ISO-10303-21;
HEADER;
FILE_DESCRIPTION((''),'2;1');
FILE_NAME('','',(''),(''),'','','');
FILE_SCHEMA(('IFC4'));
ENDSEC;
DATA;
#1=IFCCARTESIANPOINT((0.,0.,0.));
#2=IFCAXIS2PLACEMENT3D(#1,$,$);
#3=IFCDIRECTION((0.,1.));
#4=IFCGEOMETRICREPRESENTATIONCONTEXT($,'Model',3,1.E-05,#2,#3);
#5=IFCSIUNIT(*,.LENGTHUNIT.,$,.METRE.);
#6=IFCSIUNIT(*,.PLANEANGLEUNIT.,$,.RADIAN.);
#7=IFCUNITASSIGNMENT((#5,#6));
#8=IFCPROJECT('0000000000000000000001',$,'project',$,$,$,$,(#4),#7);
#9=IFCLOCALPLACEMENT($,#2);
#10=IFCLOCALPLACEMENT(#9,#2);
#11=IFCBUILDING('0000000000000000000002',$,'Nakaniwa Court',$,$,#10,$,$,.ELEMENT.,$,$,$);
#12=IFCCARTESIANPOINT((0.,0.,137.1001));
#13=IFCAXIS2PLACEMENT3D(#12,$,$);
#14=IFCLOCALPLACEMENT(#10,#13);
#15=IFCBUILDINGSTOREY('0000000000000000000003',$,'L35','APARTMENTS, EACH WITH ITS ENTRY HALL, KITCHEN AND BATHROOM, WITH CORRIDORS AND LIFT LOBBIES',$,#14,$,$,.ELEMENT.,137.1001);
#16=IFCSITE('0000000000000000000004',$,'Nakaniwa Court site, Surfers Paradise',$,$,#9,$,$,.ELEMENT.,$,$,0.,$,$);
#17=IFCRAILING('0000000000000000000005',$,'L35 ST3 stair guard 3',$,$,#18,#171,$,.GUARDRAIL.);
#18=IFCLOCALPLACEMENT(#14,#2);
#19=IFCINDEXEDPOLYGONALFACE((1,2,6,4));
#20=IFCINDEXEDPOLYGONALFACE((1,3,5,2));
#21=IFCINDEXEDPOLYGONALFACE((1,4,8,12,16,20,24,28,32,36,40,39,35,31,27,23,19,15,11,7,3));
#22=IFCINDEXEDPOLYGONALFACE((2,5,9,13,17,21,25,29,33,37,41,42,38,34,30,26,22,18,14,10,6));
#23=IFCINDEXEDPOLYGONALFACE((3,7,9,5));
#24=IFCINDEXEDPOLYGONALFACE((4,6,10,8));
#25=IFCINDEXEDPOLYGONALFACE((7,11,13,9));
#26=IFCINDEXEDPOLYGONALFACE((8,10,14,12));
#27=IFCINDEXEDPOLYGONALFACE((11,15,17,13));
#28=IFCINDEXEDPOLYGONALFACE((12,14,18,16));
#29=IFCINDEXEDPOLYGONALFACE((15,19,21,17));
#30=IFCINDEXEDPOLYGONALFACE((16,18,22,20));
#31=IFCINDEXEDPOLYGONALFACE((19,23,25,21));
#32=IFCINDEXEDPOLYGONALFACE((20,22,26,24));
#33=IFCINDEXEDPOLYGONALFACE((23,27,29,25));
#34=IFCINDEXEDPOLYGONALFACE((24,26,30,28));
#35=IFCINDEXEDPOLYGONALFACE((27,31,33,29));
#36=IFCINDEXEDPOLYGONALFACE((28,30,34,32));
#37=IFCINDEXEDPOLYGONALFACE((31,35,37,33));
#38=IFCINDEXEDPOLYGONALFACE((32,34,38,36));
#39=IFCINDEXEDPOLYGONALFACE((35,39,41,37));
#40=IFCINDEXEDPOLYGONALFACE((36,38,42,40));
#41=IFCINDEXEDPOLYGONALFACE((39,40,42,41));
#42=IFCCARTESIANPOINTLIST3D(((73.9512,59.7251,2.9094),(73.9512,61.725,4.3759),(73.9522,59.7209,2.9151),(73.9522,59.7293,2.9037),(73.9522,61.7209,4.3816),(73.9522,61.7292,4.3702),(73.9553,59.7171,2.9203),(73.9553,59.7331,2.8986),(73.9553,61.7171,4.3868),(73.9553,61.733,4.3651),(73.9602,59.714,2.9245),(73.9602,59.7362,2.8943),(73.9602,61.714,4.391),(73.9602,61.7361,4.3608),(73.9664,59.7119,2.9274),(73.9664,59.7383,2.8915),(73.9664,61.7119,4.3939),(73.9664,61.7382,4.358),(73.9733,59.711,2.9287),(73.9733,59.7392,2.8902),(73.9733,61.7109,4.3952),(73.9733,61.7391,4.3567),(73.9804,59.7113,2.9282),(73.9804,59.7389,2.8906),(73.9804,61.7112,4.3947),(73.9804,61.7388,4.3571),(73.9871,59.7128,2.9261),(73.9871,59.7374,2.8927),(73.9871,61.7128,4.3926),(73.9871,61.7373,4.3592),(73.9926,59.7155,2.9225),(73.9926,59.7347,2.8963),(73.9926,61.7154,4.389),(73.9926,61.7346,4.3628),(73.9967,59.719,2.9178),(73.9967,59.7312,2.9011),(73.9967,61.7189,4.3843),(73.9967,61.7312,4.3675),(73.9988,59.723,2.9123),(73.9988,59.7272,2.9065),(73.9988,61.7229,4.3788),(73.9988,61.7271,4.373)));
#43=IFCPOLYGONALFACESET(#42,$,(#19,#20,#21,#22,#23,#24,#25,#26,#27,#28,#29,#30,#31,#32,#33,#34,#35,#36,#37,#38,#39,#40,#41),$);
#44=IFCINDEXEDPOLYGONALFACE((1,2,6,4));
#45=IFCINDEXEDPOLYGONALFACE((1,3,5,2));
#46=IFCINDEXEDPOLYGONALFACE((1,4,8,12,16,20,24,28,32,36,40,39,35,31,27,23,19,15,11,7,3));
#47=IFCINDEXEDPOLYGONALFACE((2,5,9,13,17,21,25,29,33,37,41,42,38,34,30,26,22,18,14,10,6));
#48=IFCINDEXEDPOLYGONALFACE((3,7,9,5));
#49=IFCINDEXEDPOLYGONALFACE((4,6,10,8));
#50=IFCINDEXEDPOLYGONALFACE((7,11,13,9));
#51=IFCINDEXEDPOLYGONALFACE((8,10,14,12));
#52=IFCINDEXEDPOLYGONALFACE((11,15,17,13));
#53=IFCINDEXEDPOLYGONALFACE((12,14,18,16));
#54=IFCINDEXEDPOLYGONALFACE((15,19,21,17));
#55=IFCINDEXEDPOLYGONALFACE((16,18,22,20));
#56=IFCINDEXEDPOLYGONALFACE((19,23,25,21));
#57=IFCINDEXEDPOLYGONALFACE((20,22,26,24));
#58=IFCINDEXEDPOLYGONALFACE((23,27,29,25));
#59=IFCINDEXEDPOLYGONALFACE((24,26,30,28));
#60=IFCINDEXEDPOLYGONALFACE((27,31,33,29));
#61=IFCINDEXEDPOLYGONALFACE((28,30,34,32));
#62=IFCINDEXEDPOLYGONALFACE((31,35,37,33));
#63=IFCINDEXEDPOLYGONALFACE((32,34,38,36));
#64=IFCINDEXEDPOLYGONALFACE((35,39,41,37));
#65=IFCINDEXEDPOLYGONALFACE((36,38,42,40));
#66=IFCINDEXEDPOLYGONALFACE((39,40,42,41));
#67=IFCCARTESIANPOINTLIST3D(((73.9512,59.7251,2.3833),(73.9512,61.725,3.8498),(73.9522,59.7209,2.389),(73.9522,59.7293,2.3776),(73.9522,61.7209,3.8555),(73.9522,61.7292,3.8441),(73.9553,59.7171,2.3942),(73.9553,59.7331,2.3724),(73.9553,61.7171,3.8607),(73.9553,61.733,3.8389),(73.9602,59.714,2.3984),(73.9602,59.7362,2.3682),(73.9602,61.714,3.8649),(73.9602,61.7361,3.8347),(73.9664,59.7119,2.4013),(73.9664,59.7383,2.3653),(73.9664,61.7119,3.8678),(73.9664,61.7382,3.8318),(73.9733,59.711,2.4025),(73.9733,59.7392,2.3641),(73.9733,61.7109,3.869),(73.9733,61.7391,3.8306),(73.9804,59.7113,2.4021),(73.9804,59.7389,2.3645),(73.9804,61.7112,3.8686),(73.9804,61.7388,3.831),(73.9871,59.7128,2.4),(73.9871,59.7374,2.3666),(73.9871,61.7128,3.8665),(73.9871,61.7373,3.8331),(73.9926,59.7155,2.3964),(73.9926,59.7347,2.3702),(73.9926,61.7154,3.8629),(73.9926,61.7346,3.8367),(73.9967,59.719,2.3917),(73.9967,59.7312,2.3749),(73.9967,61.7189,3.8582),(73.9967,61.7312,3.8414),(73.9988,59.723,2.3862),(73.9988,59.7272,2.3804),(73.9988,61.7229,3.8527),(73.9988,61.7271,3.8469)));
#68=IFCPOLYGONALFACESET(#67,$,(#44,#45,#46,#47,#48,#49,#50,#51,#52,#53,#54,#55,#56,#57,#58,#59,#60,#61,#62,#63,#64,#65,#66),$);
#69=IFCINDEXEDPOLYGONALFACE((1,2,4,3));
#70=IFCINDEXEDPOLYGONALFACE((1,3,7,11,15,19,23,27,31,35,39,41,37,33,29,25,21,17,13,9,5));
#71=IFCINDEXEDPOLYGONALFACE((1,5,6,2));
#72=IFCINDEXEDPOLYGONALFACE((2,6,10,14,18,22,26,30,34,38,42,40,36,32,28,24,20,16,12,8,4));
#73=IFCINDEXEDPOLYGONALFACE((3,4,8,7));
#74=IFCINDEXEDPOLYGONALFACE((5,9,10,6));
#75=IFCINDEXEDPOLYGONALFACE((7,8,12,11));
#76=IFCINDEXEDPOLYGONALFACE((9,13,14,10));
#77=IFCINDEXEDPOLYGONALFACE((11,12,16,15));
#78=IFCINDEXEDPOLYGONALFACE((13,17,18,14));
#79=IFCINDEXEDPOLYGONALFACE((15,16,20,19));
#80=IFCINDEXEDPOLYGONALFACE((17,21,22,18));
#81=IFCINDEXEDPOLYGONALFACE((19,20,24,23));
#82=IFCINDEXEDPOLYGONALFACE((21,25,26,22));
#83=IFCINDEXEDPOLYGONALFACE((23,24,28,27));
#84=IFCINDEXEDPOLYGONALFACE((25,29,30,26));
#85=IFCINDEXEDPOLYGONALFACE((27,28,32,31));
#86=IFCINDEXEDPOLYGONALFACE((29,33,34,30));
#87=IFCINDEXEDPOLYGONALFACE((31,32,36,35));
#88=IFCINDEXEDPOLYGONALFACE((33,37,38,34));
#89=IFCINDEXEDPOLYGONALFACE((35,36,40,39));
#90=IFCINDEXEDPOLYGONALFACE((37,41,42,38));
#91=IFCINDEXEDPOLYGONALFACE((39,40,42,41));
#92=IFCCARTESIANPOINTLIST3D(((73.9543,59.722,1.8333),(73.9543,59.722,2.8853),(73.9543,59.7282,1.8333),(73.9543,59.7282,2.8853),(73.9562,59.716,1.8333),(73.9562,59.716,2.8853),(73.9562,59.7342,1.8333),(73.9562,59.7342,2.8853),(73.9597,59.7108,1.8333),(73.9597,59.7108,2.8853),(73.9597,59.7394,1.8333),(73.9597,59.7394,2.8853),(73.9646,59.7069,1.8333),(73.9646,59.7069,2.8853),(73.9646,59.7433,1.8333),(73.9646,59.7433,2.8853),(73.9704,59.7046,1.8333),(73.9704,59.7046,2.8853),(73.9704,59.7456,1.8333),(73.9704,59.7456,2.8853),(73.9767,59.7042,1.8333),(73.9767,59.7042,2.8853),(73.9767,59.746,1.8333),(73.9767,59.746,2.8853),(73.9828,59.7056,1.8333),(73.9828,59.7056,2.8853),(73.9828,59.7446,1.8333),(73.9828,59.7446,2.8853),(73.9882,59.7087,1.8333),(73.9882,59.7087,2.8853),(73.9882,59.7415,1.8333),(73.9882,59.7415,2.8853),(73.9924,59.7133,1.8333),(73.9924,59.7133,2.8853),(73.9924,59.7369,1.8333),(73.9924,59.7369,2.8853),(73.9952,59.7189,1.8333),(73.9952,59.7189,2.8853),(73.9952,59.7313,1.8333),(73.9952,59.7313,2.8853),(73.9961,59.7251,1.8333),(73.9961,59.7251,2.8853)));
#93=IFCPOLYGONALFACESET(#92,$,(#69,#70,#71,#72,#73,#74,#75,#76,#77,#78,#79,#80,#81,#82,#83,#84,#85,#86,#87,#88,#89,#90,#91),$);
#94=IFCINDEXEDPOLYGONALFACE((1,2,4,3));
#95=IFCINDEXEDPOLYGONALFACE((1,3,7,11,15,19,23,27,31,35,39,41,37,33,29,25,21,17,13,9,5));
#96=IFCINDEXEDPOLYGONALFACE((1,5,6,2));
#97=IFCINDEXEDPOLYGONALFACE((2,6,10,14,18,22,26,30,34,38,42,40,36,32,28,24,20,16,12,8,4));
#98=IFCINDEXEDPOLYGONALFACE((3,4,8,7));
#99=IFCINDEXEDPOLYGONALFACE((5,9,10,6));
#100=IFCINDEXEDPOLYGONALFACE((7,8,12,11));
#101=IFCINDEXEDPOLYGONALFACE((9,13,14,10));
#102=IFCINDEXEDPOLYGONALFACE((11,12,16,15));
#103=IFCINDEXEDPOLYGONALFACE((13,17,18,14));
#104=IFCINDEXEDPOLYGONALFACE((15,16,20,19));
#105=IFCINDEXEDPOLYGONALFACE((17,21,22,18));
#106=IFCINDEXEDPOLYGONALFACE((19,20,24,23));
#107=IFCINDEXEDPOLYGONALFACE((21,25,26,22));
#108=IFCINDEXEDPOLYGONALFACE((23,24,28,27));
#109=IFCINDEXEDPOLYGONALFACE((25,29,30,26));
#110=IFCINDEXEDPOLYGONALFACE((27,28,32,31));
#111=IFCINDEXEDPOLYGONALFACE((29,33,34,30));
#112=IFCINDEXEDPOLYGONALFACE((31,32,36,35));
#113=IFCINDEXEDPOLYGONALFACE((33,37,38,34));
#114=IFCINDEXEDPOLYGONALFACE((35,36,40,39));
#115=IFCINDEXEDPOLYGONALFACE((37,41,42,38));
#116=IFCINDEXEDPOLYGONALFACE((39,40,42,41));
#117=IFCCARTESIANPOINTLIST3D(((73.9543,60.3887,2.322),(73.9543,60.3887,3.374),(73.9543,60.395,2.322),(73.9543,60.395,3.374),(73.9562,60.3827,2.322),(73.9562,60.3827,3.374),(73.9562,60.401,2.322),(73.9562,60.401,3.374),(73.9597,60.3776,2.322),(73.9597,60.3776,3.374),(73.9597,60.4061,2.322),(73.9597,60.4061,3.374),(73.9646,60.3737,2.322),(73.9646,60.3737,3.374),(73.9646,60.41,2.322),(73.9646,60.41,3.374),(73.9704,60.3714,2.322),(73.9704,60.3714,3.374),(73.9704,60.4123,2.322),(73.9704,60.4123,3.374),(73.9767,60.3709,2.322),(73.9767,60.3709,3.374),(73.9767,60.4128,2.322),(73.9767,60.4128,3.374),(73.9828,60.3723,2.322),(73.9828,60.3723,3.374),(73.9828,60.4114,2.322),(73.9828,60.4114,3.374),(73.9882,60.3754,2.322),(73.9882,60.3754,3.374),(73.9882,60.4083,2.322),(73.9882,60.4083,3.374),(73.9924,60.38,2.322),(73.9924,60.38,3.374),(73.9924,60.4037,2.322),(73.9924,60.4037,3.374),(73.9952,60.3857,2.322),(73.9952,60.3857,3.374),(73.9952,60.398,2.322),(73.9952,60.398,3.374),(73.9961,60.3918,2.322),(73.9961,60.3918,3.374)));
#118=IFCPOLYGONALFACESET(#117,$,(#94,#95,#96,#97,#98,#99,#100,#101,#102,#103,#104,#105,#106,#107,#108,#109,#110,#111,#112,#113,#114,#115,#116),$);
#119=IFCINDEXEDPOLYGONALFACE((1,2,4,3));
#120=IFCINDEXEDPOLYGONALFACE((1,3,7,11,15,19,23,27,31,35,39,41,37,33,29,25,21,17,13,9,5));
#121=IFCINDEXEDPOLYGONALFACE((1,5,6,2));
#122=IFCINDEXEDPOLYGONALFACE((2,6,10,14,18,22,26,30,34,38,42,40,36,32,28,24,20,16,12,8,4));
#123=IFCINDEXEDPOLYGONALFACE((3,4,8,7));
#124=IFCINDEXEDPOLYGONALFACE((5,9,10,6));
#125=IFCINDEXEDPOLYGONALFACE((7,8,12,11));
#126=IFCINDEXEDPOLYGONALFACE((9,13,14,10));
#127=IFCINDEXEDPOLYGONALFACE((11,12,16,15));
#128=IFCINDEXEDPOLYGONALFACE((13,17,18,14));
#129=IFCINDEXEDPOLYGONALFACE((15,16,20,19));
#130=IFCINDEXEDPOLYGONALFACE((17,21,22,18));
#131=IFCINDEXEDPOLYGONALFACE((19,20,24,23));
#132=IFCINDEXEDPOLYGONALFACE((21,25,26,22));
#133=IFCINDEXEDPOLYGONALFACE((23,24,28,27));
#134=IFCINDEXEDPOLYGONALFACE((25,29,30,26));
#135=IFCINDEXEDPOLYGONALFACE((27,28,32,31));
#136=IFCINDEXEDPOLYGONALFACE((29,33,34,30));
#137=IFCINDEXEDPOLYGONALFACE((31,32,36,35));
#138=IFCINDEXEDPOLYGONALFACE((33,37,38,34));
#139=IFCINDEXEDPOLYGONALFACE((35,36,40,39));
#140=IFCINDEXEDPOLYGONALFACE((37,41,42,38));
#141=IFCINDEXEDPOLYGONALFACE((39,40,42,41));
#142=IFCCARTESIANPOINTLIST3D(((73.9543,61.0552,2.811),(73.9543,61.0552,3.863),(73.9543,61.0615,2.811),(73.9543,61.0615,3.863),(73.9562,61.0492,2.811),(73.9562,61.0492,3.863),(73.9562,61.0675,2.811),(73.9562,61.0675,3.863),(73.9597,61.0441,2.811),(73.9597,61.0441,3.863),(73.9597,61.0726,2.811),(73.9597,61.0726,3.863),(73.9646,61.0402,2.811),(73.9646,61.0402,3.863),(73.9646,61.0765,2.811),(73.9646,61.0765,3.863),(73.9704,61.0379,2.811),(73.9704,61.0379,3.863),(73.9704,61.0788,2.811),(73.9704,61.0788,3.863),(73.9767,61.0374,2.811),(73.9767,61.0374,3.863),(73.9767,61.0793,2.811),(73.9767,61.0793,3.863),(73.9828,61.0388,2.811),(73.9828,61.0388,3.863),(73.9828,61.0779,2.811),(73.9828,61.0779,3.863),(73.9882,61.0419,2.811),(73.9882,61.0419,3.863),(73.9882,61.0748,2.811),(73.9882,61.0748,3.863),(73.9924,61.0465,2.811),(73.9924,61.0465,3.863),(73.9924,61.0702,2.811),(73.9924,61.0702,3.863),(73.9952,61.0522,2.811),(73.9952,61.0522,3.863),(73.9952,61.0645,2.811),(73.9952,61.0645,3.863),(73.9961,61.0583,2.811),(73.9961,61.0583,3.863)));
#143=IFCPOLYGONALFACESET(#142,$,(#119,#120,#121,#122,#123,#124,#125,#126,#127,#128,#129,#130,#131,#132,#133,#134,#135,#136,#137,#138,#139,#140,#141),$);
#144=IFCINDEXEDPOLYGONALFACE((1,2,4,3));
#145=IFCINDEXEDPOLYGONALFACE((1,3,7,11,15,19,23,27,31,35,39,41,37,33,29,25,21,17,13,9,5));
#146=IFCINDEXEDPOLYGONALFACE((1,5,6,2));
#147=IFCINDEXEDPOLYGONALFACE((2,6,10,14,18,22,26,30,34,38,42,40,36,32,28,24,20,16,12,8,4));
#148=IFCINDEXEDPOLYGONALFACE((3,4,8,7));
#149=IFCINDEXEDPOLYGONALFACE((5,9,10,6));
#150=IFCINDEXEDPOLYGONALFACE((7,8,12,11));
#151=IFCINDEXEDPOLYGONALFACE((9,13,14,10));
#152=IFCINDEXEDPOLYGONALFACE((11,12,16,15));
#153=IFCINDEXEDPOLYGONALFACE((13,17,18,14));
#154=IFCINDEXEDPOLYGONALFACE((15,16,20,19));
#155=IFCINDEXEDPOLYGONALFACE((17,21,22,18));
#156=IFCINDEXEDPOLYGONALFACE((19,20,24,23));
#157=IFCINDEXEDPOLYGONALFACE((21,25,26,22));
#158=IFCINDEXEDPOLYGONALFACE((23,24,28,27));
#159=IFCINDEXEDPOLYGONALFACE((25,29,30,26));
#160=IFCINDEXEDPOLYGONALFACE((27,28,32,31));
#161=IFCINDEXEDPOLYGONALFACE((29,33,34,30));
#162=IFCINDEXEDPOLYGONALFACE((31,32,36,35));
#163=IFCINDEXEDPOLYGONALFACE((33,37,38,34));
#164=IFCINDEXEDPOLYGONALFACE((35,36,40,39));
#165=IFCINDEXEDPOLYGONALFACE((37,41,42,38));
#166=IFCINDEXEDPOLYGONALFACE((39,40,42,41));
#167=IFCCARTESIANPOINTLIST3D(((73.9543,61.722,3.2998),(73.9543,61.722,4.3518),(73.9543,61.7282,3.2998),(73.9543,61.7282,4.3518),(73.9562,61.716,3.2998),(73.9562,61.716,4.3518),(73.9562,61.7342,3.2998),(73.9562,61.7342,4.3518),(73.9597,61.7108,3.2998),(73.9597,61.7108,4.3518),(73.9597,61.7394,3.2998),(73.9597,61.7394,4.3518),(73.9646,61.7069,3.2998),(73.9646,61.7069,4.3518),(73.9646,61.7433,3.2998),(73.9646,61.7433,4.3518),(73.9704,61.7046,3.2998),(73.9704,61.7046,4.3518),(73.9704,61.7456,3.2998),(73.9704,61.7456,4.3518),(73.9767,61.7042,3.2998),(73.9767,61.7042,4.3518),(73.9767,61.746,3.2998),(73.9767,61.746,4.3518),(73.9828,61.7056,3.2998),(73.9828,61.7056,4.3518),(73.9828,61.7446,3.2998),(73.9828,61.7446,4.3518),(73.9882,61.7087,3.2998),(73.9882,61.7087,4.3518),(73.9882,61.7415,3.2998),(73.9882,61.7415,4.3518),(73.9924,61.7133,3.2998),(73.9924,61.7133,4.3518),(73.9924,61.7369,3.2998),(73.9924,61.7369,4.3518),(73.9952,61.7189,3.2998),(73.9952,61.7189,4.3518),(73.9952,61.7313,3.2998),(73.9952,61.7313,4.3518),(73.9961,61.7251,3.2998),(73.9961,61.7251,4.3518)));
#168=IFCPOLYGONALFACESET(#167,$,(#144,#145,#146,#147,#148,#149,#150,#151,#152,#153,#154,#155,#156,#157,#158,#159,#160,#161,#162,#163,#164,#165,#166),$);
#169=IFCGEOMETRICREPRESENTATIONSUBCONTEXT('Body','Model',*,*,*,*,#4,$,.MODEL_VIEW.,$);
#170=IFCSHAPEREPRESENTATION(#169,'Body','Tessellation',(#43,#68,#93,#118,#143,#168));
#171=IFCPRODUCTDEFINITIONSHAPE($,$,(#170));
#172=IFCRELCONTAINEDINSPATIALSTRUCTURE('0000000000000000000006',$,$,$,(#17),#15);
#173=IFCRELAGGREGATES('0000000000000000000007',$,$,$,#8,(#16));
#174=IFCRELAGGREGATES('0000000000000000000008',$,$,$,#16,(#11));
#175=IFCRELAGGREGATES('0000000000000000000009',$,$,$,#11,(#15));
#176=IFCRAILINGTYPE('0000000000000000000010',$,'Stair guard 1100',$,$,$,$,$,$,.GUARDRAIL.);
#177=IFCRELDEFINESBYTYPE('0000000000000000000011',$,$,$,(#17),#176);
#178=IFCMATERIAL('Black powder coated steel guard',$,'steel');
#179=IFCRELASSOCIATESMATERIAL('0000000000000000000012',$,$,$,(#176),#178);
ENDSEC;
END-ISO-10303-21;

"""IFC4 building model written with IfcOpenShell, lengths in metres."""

from ifc_helpers import new_model, si_unit, direction, frame, origin, origin_2d, place, context, subcontext, project, spatial, circle, extrude, material, type_object, element, save


model = new_model("IFC4")

# Units and contexts
model_context = context("Model", 3, precision=1e-05, world=origin(), true_north=direction((0.0, 1.0)))
body_context = subcontext(model_context, "Body", "Model", "MODEL_VIEW")
ifc_project = project(units=[si_unit("LENGTHUNIT", "METRE"), si_unit("PLANEANGLEUNIT", "RADIAN")], contexts=[model_context])

# Site, building, storey
site_placement = place(None, origin())
site = spatial("IfcSite", under=ifc_project, at=site_placement, Name="Nakaniwa Court site, Surfers Paradise", CompositionType="ELEMENT", RefElevation=0.0)
building_placement = place(site_placement, origin())
building = spatial("IfcBuilding", under=site, at=building_placement, Name="Nakaniwa Court", CompositionType="ELEMENT")
storey_placement = place(building_placement, frame((0.0, 0.0, 137.1001)))
storey = spatial("IfcBuildingStorey", under=building, at=storey_placement, Name="L35", Description="APARTMENTS, EACH WITH ITS ENTRY HALL, KITCHEN AND BATHROOM, WITH CORRIDORS AND LIFT LOBBIES", CompositionType="ELEMENT", Elevation=137.1001)

# Railing
ifc_material_1 = material(Name="Black powder coated steel guard", Category="steel")
railing_type_1 = type_object("IfcRailingType", Name="Stair guard 1100", PredefinedType="GUARDRAIL", material=ifc_material_1)
railing_1_placement = place(storey_placement, frame((73.9751, 59.7251, 1.8333)))
element("IfcRailing", 1, at=railing_1_placement, inside=storey, type_object=railing_type_1, Name="L35 ST3 stair guard 3", PredefinedType="GUARDRAIL", context=body_context, shape_type="SweptSolid", body=[
    extrude(circle(Radius=0.0239, at=origin_2d()), frame((0.0, 0.0, 1.0762), z_axis=(0.0, 0.806427, 0.591334), x_axis=(-1.0, 0.0, 0.0)), (0.0, 0.0, 1.0), 2.48),
    extrude(circle(Radius=0.0239, at=origin_2d()), frame((0.0, 0.0, 0.55), z_axis=(0.0, 0.806427, 0.591334), x_axis=(-1.0, 0.0, 0.0)), (0.0, 0.0, 1.0), 2.48),
    extrude(circle(Radius=0.021, at=origin_2d()), origin(), (0.0, 0.0, 1.0), 1.052),
    extrude(circle(Radius=0.021, at=origin_2d()), frame((0.0, 0.6667, 0.4888)), (0.0, 0.0, 1.0), 1.052),
    extrude(circle(Radius=0.021, at=origin_2d()), frame((0.0, 1.3333, 0.9778)), (0.0, 0.0, 1.0), 1.052),
    extrude(circle(Radius=0.021, at=origin_2d()), frame((0.0, 2.0, 1.4666)), (0.0, 0.0, 1.0), 1.052),
])

save(model, "model.ifc")
